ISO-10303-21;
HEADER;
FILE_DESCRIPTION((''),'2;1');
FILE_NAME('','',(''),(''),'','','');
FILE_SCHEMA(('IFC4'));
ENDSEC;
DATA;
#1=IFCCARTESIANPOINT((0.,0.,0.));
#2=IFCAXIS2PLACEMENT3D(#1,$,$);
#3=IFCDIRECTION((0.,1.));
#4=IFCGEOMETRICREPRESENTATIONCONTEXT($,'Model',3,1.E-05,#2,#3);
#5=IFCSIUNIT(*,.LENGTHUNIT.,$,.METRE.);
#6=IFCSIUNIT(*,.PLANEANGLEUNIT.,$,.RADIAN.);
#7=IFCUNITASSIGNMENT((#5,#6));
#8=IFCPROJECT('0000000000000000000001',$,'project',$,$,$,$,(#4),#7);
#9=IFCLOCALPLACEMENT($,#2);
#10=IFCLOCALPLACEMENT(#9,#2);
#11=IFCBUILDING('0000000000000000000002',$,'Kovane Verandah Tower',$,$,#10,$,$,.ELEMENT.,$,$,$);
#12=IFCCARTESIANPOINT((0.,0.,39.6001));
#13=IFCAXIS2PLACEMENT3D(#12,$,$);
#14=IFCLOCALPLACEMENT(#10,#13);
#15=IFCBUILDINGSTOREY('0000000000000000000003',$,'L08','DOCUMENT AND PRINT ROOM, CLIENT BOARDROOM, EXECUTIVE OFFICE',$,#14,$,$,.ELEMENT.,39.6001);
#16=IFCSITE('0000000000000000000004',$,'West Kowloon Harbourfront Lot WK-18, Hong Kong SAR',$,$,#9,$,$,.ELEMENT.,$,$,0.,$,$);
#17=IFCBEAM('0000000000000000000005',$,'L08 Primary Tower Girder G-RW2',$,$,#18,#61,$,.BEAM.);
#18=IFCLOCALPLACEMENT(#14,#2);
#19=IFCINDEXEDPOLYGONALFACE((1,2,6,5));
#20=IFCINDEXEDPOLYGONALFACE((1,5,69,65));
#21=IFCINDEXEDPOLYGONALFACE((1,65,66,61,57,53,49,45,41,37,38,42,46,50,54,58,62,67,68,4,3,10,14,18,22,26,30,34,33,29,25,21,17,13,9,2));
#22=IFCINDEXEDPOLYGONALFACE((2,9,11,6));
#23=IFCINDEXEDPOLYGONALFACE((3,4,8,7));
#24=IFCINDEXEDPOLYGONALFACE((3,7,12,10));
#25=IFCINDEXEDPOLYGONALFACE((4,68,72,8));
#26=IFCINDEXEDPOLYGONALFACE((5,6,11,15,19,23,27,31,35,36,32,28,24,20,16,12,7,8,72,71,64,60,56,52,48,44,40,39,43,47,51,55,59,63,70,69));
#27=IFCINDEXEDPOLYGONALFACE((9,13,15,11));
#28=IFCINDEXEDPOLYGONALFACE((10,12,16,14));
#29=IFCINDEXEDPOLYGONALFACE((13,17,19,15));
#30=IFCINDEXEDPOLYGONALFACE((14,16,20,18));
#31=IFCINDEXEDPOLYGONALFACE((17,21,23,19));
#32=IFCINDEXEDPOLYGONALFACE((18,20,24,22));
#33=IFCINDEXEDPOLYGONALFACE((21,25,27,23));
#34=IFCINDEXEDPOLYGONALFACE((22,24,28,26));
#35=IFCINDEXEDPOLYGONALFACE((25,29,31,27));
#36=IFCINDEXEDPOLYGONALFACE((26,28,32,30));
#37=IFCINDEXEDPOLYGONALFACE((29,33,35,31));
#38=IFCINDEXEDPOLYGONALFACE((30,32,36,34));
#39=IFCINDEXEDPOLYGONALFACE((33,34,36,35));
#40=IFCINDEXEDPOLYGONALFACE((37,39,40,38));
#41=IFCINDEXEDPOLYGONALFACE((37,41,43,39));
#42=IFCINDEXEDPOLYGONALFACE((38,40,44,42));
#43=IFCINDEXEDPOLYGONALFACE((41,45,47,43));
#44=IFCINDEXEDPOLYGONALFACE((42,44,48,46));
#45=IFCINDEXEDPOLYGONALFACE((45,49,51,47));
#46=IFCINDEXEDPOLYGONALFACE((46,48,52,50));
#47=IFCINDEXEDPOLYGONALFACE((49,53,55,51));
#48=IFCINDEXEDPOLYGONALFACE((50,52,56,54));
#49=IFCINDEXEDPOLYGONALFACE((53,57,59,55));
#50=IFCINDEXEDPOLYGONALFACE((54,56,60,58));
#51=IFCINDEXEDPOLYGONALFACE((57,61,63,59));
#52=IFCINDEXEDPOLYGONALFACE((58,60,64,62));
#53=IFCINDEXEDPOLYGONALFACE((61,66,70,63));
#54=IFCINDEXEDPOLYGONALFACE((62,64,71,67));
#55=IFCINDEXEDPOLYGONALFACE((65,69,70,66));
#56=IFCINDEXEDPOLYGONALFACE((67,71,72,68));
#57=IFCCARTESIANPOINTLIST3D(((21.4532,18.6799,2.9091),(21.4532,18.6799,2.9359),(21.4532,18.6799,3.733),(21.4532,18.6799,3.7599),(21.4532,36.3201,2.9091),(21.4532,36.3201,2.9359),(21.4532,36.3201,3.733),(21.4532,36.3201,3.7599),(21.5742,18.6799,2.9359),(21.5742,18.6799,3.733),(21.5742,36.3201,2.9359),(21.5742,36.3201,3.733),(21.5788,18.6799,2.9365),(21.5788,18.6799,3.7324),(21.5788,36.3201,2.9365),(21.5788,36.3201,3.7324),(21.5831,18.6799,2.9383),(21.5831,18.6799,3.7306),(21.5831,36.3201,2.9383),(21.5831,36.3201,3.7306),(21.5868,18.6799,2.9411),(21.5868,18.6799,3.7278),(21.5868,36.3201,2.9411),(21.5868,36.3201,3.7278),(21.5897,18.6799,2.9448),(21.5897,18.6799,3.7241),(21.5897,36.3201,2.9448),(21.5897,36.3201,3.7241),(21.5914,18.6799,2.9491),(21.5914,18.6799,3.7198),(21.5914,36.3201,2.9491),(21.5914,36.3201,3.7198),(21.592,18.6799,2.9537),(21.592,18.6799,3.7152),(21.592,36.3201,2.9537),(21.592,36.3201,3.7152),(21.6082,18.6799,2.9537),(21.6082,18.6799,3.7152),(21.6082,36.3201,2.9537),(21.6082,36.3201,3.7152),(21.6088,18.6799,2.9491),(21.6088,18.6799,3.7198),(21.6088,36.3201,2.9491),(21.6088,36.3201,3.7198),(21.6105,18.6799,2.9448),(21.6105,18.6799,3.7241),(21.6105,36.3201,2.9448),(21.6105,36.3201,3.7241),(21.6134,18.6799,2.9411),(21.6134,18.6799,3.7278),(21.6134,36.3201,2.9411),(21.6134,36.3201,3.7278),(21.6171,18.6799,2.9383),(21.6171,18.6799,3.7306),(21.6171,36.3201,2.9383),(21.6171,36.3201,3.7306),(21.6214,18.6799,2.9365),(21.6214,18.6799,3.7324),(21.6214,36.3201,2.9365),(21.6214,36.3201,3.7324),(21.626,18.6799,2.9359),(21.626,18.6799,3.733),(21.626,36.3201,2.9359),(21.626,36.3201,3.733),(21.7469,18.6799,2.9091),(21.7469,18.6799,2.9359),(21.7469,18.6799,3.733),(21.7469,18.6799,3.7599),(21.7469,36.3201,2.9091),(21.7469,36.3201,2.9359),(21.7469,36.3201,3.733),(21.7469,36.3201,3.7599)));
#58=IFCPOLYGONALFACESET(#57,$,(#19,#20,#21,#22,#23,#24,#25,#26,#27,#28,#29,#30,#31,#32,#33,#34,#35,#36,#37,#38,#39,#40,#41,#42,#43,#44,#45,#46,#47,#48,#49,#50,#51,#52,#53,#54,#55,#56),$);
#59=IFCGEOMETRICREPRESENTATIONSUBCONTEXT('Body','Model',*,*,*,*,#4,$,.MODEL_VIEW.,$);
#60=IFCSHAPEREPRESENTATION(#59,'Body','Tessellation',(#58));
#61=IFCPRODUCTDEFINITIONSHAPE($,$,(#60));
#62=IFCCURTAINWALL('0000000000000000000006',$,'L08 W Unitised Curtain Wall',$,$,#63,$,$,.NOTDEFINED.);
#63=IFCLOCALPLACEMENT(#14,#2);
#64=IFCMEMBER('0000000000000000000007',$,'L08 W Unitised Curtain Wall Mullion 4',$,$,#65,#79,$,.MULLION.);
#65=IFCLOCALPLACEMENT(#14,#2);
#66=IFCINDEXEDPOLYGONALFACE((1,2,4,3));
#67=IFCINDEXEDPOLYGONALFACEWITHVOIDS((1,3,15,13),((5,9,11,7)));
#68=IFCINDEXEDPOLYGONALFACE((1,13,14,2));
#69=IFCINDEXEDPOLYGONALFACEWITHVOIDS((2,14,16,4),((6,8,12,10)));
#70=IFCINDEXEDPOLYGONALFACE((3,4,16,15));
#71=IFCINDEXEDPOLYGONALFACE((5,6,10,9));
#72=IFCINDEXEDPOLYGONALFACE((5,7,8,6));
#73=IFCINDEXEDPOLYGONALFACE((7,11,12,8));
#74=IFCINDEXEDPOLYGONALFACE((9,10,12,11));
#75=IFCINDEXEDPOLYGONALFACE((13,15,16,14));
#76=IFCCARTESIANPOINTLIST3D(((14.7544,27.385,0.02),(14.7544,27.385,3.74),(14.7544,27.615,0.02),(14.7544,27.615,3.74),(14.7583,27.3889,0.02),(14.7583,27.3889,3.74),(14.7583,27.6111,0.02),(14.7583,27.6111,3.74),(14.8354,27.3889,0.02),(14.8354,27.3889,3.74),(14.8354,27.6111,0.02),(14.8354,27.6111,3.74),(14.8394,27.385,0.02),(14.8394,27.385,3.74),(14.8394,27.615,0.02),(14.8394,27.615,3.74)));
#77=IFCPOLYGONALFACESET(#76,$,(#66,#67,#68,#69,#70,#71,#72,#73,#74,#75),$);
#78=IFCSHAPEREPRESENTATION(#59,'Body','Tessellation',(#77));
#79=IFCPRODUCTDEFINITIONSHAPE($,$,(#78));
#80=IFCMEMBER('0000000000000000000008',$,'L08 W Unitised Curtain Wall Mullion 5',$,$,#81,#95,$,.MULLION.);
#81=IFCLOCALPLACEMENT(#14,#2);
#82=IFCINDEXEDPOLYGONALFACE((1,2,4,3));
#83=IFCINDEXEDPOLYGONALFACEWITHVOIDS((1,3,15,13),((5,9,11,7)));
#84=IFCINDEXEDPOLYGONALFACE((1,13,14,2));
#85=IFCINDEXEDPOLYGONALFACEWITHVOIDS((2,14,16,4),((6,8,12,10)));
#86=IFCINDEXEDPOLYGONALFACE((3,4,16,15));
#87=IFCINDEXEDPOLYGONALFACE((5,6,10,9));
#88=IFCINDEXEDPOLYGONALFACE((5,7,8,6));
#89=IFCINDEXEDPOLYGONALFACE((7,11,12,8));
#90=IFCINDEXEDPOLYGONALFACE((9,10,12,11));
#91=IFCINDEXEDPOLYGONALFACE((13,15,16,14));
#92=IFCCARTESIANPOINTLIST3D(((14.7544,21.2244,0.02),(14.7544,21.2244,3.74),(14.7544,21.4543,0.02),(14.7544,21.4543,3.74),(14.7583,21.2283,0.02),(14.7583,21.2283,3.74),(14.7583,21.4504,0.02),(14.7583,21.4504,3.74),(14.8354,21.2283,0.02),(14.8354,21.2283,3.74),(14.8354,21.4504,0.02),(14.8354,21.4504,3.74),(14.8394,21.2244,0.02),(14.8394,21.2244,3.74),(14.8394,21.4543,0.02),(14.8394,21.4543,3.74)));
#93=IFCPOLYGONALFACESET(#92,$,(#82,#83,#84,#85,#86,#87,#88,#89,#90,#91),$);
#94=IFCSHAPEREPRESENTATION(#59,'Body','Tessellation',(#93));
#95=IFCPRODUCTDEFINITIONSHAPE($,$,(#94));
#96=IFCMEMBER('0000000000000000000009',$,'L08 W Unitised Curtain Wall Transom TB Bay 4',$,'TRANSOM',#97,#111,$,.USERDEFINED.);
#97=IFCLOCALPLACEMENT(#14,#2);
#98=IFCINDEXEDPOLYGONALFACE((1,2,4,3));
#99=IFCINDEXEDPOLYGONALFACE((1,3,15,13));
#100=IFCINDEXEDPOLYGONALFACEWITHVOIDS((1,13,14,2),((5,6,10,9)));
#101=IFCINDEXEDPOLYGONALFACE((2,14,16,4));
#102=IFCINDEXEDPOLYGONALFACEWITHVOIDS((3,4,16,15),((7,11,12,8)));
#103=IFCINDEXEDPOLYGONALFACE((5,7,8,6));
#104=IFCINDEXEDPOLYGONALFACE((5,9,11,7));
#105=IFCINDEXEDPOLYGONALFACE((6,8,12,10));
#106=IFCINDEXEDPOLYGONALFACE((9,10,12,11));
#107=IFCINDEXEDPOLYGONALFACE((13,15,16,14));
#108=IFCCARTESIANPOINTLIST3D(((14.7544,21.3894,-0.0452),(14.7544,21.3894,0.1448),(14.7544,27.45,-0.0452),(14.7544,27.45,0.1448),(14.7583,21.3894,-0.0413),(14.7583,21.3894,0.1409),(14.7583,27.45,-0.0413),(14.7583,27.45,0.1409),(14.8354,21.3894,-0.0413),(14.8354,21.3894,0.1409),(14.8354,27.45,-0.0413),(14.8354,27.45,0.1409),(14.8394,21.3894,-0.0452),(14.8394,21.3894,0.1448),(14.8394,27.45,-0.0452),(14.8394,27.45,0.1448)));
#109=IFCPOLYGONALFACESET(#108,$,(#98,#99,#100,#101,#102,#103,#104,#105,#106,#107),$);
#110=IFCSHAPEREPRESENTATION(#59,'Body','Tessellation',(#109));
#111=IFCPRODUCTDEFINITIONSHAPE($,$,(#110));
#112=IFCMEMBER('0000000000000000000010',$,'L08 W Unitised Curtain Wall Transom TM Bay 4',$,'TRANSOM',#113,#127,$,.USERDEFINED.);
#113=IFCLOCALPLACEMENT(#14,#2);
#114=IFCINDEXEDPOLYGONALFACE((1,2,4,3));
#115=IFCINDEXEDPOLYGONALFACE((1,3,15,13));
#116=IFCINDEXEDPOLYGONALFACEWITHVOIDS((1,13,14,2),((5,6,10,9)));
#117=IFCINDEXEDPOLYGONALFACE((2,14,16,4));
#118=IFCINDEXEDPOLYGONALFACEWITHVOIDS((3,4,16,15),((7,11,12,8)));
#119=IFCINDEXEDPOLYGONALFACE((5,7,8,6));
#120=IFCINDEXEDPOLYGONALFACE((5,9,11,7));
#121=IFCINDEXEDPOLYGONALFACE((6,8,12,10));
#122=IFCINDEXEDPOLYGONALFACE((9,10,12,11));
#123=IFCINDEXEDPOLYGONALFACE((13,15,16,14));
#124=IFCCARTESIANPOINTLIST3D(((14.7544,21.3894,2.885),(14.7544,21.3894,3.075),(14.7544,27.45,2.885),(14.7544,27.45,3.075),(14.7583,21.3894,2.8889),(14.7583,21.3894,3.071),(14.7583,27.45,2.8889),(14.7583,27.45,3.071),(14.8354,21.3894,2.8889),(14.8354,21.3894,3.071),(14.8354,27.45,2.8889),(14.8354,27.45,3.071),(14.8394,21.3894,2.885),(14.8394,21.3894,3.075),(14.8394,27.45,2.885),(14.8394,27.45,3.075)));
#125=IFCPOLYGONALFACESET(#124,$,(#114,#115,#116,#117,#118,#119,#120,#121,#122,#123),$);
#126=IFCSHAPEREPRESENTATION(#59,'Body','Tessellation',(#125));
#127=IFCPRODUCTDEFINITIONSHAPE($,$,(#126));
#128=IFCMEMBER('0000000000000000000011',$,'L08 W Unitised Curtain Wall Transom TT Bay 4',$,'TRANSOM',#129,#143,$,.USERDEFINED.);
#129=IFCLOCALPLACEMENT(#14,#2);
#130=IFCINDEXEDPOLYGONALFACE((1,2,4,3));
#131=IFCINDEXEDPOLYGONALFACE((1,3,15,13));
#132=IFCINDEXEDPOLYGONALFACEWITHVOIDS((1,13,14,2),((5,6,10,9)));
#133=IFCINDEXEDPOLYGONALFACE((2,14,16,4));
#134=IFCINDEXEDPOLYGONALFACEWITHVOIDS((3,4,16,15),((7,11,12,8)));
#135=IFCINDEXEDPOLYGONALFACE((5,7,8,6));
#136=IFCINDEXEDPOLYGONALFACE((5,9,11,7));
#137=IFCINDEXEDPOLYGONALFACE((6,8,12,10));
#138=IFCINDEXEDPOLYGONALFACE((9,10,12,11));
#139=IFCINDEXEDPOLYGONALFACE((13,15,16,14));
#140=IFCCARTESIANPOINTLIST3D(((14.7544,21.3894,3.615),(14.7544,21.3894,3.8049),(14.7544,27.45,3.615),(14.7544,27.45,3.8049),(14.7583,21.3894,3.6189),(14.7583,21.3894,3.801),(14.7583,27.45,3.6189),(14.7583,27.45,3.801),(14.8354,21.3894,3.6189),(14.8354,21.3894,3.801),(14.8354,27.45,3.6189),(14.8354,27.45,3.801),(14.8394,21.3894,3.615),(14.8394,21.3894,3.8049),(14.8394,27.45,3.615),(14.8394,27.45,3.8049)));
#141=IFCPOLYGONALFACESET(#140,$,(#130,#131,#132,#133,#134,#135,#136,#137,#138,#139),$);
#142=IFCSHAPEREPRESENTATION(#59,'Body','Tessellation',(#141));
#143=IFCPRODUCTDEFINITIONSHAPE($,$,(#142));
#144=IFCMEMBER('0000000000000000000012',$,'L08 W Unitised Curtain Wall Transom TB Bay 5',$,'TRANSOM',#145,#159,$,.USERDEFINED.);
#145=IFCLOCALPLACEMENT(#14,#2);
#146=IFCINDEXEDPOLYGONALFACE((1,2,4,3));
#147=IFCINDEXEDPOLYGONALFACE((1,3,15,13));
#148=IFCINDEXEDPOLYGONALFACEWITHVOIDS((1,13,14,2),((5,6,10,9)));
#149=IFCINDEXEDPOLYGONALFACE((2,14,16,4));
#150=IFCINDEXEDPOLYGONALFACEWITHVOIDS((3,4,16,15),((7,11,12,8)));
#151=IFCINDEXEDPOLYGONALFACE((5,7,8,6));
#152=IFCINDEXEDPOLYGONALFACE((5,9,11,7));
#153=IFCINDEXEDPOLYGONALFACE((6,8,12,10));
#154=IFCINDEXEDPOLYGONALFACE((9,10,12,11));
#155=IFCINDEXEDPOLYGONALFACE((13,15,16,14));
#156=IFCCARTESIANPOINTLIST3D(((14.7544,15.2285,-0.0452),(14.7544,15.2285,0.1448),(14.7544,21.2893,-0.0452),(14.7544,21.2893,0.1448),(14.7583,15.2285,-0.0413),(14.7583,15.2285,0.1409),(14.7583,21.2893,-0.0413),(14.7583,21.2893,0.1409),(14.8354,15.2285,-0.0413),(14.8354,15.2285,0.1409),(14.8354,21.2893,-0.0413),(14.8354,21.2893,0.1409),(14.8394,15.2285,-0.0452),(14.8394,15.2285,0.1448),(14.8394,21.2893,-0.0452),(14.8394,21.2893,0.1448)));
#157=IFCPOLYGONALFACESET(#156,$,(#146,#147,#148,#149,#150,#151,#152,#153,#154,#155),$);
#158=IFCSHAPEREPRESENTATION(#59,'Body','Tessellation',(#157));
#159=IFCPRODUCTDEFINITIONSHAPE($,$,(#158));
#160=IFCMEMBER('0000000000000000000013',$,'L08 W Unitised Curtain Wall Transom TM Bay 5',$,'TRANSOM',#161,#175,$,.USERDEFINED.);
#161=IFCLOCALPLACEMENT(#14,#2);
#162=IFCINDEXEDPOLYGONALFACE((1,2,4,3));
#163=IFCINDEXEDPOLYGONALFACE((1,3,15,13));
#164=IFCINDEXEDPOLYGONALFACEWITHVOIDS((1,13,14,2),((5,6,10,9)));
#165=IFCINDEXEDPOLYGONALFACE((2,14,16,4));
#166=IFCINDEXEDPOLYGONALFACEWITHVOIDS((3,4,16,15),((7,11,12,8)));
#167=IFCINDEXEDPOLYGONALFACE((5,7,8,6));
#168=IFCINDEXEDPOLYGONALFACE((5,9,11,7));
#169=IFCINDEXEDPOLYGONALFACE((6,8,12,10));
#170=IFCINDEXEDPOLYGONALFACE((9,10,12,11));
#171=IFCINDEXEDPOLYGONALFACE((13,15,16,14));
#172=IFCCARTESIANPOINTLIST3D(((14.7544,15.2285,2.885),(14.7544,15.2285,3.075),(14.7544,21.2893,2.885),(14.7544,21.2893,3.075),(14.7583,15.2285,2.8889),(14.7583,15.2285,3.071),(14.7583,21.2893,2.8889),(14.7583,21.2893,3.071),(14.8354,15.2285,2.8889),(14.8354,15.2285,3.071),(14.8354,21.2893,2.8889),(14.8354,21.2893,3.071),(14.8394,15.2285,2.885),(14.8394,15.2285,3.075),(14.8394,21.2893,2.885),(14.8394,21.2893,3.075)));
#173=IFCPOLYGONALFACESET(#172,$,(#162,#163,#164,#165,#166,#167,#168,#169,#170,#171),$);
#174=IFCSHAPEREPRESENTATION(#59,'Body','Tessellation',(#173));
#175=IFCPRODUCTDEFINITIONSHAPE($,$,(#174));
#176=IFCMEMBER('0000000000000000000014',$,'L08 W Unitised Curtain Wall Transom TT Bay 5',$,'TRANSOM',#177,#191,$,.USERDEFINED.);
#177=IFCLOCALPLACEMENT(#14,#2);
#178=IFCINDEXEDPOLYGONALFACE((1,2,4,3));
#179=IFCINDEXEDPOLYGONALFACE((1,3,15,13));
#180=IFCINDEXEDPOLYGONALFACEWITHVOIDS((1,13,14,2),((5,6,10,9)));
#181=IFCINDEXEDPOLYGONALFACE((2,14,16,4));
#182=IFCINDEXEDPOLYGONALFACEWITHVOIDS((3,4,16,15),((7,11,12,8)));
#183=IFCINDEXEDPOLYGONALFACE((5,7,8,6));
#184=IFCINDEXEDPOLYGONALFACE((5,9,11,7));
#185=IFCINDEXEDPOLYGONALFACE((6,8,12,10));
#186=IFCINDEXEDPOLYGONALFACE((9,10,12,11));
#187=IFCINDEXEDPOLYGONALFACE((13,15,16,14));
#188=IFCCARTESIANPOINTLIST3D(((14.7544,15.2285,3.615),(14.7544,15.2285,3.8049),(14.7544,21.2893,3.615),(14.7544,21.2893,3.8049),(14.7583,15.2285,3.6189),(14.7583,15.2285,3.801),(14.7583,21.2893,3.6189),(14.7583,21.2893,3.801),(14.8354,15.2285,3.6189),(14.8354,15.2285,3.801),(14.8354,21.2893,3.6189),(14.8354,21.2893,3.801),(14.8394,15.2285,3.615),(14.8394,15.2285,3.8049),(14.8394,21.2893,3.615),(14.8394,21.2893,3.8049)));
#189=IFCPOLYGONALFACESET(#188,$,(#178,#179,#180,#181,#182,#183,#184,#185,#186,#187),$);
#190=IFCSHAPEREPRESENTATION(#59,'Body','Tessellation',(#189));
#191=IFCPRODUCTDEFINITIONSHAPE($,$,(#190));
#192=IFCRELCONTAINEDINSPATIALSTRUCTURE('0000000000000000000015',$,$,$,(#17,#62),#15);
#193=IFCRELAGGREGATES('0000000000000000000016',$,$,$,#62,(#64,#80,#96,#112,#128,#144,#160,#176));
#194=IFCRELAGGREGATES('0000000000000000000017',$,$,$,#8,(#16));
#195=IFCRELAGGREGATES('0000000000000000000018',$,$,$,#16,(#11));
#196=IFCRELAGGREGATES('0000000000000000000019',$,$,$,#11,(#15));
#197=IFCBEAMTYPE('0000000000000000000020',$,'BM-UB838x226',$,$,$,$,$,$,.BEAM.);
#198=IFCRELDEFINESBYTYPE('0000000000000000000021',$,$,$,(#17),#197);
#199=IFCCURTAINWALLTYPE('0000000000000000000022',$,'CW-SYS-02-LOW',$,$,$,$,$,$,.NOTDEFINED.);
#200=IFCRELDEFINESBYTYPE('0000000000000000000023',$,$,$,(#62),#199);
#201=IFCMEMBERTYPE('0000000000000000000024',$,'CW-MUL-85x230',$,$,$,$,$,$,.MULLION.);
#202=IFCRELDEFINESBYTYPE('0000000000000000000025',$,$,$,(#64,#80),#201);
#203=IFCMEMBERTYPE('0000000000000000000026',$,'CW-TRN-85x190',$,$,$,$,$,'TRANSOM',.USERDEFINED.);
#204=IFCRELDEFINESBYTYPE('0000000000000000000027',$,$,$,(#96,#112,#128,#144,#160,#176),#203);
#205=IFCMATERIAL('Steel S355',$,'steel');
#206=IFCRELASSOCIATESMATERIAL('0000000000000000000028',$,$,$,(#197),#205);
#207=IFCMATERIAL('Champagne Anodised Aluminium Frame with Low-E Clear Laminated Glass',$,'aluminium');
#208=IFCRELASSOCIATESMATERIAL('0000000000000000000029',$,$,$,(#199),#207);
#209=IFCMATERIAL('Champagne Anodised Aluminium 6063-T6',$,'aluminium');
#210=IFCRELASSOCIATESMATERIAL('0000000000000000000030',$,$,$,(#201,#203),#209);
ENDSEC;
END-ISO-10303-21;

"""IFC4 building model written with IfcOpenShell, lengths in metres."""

from ifc_helpers import new_model, si_unit, direction, frame, origin, origin_2d, place, context, subcontext, project, spatial, hollow_rectangle, i_section, extrude, material, material_profile, profile_set, type_object, element, aggregate, save


model = new_model("IFC4")

# Units and contexts
model_context = context("Model", 3, precision=1e-05, world=origin(), true_north=direction((0.0, 1.0)))
body_context = subcontext(model_context, "Body", "Model", "MODEL_VIEW")
ifc_project = project(units=[si_unit("LENGTHUNIT", "METRE"), si_unit("PLANEANGLEUNIT", "RADIAN")], contexts=[model_context])

# Site, building, storey
site_placement = place(None, origin())
site = spatial("IfcSite", under=ifc_project, at=site_placement, Name="West Kowloon Harbourfront Lot WK-18, Hong Kong SAR", CompositionType="ELEMENT", RefElevation=0.0)
building_placement = place(site_placement, origin())
building = spatial("IfcBuilding", under=site, at=building_placement, Name="Kovane Verandah Tower", CompositionType="ELEMENT")
storey_placement = place(building_placement, frame((0.0, 0.0, 39.6001)))
storey = spatial("IfcBuildingStorey", under=building, at=storey_placement, Name="L08", Description="DOCUMENT AND PRINT ROOM, CLIENT BOARDROOM, EXECUTIVE OFFICE", CompositionType="ELEMENT", Elevation=39.6001)

# Beam
ifc_material_1 = material(Name="Steel S355", Category="steel")
ifc_material_profile_1 = material_profile(ifc_material_1, i_section(OverallWidth=0.2937, OverallDepth=0.8508, WebThickness=0.0161, FlangeThickness=0.0269, FilletRadius=0.0178, at=origin_2d()), Name="UB838x292x226")
ifc_profile_set_1 = profile_set([ifc_material_profile_1], Name="Steel S355")
beam_type_1 = type_object("IfcBeamType", Name="BM-UB838x226", PredefinedType="BEAM", material=ifc_profile_set_1)
beam_placement = place(storey_placement, frame((21.6001, 18.6799, 3.3345), z_axis=(0.0, 1.0, 0.0), x_axis=(-1.0, 0.0, 0.0)))
element("IfcBeam", 1, at=beam_placement, inside=storey, type_object=beam_type_1, Name="L08 Primary Tower Girder G-RW2", PredefinedType="BEAM", context=body_context, shape_type="SweptSolid", body=[
    extrude(i_section(OverallWidth=0.2937, OverallDepth=0.8508, WebThickness=0.0161, FlangeThickness=0.0269, FilletRadius=0.0178, at=origin_2d()), origin(), (0.0, 0.0, 1.0), 17.6401),
])

# Curtain wall, members
ifc_material_2 = material(Name="Champagne Anodised Aluminium Frame with Low-E Clear Laminated Glass", Category="aluminium")
curtain_wall_type = type_object("IfcCurtainWallType", Name="CW-SYS-02-LOW", PredefinedType="NOTDEFINED", material=ifc_material_2)
curtain_wall_placement = place(storey_placement, origin())
curtain_wall = element("IfcCurtainWall", 2, at=curtain_wall_placement, inside=storey, type_object=curtain_wall_type, Name="L08 W Unitised Curtain Wall", PredefinedType="NOTDEFINED")
ifc_material_3 = material(Name="Champagne Anodised Aluminium 6063-T6", Category="aluminium")
ifc_material_profile_2 = material_profile(ifc_material_3, hollow_rectangle(XDim=0.085, YDim=0.23, WallThickness=0.0039, at=origin_2d()), Name="AL85x230x4")
ifc_profile_set_2 = profile_set([ifc_material_profile_2], Name="Champagne Anodised Aluminium 6063-T6")
member_type_1 = type_object("IfcMemberType", Name="CW-MUL-85x230", PredefinedType="MULLION", material=ifc_profile_set_2)
member_1_placement = place(storey_placement, frame((14.7969, 27.5, 0.02), z_axis=(0.0, 0.0, 1.0), x_axis=(-1.0, 0.0, 0.0)))
member_1 = element("IfcMember", 3, at=member_1_placement, type_object=member_type_1, Name="L08 W Unitised Curtain Wall Mullion 4", PredefinedType="MULLION", context=body_context, shape_type="SweptSolid", body=[
    extrude(hollow_rectangle(XDim=0.085, YDim=0.23, WallThickness=0.0039, at=origin_2d()), origin(), (0.0, 0.0, 1.0), 3.72),
])
member_2_placement = place(storey_placement, frame((14.7969, 21.3394, 0.02), z_axis=(0.0, 0.0, 1.0), x_axis=(-1.0, 0.0, 0.0)))
member_2 = element("IfcMember", 4, at=member_2_placement, type_object=member_type_1, Name="L08 W Unitised Curtain Wall Mullion 5", PredefinedType="MULLION", context=body_context, shape_type="SweptSolid", body=[
    extrude(hollow_rectangle(XDim=0.085, YDim=0.23, WallThickness=0.0039, at=origin_2d()), origin(), (0.0, 0.0, 1.0), 3.72),
])
ifc_material_profile_3 = material_profile(ifc_material_3, hollow_rectangle(XDim=0.085, YDim=0.1899, WallThickness=0.0039, at=origin_2d()), Name="AL85x190x4")
ifc_profile_set_3 = profile_set([ifc_material_profile_3], Name="Champagne Anodised Aluminium 6063-T6")
member_type_2 = type_object("IfcMemberType", Name="CW-TRN-85x190", ElementType="TRANSOM", PredefinedType="USERDEFINED", material=ifc_profile_set_3)
member_3_placement = place(storey_placement, frame((14.7969, 27.45, 0.0498), z_axis=(0.0, -1.0, 0.0), x_axis=(1.0, 0.0, 0.0)))
member_3 = element("IfcMember", 5, at=member_3_placement, type_object=member_type_2, Name="L08 W Unitised Curtain Wall Transom TB Bay 4", ObjectType="TRANSOM", PredefinedType="USERDEFINED", context=body_context, shape_type="SweptSolid", body=[
    extrude(hollow_rectangle(XDim=0.085, YDim=0.1899, WallThickness=0.0039, at=origin_2d()), origin(), (0.0, 0.0, 1.0), 6.0605),
])
member_4_placement = place(storey_placement, frame((14.7969, 27.45, 2.98), z_axis=(0.0, -1.0, 0.0), x_axis=(1.0, 0.0, 0.0)))
member_4 = element("IfcMember", 6, at=member_4_placement, type_object=member_type_2, Name="L08 W Unitised Curtain Wall Transom TM Bay 4", ObjectType="TRANSOM", PredefinedType="USERDEFINED", context=body_context, shape_type="SweptSolid", body=[
    extrude(hollow_rectangle(XDim=0.085, YDim=0.1899, WallThickness=0.0039, at=origin_2d()), origin(), (0.0, 0.0, 1.0), 6.0605),
])
member_5_placement = place(storey_placement, frame((14.7969, 27.45, 3.71), z_axis=(0.0, -1.0, 0.0), x_axis=(1.0, 0.0, 0.0)))
member_5 = element("IfcMember", 7, at=member_5_placement, type_object=member_type_2, Name="L08 W Unitised Curtain Wall Transom TT Bay 4", ObjectType="TRANSOM", PredefinedType="USERDEFINED", context=body_context, shape_type="SweptSolid", body=[
    extrude(hollow_rectangle(XDim=0.085, YDim=0.1899, WallThickness=0.0039, at=origin_2d()), origin(), (0.0, 0.0, 1.0), 6.0605),
])
member_6_placement = place(storey_placement, frame((14.7969, 21.2893, 0.0498), z_axis=(0.0, -1.0, 0.0), x_axis=(1.0, 0.0, 0.0)))
member_6 = element("IfcMember", 8, at=member_6_placement, type_object=member_type_2, Name="L08 W Unitised Curtain Wall Transom TB Bay 5", ObjectType="TRANSOM", PredefinedType="USERDEFINED", context=body_context, shape_type="SweptSolid", body=[
    extrude(hollow_rectangle(XDim=0.085, YDim=0.1899, WallThickness=0.0039, at=origin_2d()), origin(), (0.0, 0.0, 1.0), 6.0608),
])
member_7_placement = place(storey_placement, frame((14.7969, 21.2893, 2.98), z_axis=(0.0, -1.0, 0.0), x_axis=(1.0, 0.0, 0.0)))
member_7 = element("IfcMember", 9, at=member_7_placement, type_object=member_type_2, Name="L08 W Unitised Curtain Wall Transom TM Bay 5", ObjectType="TRANSOM", PredefinedType="USERDEFINED", context=body_context, shape_type="SweptSolid", body=[
    extrude(hollow_rectangle(XDim=0.085, YDim=0.1899, WallThickness=0.0039, at=origin_2d()), origin(), (0.0, 0.0, 1.0), 6.0608),
])
member_8_placement = place(storey_placement, frame((14.7969, 21.2893, 3.71), z_axis=(0.0, -1.0, 0.0), x_axis=(1.0, 0.0, 0.0)))
member_8 = element("IfcMember", 10, at=member_8_placement, type_object=member_type_2, Name="L08 W Unitised Curtain Wall Transom TT Bay 5", ObjectType="TRANSOM", PredefinedType="USERDEFINED", context=body_context, shape_type="SweptSolid", body=[
    extrude(hollow_rectangle(XDim=0.085, YDim=0.1899, WallThickness=0.0039, at=origin_2d()), origin(), (0.0, 0.0, 1.0), 6.0608),
])

aggregate(curtain_wall, [member_1, member_2, member_3, member_4, member_5, member_6, member_7, member_8])

save(model, "model.ifc")
